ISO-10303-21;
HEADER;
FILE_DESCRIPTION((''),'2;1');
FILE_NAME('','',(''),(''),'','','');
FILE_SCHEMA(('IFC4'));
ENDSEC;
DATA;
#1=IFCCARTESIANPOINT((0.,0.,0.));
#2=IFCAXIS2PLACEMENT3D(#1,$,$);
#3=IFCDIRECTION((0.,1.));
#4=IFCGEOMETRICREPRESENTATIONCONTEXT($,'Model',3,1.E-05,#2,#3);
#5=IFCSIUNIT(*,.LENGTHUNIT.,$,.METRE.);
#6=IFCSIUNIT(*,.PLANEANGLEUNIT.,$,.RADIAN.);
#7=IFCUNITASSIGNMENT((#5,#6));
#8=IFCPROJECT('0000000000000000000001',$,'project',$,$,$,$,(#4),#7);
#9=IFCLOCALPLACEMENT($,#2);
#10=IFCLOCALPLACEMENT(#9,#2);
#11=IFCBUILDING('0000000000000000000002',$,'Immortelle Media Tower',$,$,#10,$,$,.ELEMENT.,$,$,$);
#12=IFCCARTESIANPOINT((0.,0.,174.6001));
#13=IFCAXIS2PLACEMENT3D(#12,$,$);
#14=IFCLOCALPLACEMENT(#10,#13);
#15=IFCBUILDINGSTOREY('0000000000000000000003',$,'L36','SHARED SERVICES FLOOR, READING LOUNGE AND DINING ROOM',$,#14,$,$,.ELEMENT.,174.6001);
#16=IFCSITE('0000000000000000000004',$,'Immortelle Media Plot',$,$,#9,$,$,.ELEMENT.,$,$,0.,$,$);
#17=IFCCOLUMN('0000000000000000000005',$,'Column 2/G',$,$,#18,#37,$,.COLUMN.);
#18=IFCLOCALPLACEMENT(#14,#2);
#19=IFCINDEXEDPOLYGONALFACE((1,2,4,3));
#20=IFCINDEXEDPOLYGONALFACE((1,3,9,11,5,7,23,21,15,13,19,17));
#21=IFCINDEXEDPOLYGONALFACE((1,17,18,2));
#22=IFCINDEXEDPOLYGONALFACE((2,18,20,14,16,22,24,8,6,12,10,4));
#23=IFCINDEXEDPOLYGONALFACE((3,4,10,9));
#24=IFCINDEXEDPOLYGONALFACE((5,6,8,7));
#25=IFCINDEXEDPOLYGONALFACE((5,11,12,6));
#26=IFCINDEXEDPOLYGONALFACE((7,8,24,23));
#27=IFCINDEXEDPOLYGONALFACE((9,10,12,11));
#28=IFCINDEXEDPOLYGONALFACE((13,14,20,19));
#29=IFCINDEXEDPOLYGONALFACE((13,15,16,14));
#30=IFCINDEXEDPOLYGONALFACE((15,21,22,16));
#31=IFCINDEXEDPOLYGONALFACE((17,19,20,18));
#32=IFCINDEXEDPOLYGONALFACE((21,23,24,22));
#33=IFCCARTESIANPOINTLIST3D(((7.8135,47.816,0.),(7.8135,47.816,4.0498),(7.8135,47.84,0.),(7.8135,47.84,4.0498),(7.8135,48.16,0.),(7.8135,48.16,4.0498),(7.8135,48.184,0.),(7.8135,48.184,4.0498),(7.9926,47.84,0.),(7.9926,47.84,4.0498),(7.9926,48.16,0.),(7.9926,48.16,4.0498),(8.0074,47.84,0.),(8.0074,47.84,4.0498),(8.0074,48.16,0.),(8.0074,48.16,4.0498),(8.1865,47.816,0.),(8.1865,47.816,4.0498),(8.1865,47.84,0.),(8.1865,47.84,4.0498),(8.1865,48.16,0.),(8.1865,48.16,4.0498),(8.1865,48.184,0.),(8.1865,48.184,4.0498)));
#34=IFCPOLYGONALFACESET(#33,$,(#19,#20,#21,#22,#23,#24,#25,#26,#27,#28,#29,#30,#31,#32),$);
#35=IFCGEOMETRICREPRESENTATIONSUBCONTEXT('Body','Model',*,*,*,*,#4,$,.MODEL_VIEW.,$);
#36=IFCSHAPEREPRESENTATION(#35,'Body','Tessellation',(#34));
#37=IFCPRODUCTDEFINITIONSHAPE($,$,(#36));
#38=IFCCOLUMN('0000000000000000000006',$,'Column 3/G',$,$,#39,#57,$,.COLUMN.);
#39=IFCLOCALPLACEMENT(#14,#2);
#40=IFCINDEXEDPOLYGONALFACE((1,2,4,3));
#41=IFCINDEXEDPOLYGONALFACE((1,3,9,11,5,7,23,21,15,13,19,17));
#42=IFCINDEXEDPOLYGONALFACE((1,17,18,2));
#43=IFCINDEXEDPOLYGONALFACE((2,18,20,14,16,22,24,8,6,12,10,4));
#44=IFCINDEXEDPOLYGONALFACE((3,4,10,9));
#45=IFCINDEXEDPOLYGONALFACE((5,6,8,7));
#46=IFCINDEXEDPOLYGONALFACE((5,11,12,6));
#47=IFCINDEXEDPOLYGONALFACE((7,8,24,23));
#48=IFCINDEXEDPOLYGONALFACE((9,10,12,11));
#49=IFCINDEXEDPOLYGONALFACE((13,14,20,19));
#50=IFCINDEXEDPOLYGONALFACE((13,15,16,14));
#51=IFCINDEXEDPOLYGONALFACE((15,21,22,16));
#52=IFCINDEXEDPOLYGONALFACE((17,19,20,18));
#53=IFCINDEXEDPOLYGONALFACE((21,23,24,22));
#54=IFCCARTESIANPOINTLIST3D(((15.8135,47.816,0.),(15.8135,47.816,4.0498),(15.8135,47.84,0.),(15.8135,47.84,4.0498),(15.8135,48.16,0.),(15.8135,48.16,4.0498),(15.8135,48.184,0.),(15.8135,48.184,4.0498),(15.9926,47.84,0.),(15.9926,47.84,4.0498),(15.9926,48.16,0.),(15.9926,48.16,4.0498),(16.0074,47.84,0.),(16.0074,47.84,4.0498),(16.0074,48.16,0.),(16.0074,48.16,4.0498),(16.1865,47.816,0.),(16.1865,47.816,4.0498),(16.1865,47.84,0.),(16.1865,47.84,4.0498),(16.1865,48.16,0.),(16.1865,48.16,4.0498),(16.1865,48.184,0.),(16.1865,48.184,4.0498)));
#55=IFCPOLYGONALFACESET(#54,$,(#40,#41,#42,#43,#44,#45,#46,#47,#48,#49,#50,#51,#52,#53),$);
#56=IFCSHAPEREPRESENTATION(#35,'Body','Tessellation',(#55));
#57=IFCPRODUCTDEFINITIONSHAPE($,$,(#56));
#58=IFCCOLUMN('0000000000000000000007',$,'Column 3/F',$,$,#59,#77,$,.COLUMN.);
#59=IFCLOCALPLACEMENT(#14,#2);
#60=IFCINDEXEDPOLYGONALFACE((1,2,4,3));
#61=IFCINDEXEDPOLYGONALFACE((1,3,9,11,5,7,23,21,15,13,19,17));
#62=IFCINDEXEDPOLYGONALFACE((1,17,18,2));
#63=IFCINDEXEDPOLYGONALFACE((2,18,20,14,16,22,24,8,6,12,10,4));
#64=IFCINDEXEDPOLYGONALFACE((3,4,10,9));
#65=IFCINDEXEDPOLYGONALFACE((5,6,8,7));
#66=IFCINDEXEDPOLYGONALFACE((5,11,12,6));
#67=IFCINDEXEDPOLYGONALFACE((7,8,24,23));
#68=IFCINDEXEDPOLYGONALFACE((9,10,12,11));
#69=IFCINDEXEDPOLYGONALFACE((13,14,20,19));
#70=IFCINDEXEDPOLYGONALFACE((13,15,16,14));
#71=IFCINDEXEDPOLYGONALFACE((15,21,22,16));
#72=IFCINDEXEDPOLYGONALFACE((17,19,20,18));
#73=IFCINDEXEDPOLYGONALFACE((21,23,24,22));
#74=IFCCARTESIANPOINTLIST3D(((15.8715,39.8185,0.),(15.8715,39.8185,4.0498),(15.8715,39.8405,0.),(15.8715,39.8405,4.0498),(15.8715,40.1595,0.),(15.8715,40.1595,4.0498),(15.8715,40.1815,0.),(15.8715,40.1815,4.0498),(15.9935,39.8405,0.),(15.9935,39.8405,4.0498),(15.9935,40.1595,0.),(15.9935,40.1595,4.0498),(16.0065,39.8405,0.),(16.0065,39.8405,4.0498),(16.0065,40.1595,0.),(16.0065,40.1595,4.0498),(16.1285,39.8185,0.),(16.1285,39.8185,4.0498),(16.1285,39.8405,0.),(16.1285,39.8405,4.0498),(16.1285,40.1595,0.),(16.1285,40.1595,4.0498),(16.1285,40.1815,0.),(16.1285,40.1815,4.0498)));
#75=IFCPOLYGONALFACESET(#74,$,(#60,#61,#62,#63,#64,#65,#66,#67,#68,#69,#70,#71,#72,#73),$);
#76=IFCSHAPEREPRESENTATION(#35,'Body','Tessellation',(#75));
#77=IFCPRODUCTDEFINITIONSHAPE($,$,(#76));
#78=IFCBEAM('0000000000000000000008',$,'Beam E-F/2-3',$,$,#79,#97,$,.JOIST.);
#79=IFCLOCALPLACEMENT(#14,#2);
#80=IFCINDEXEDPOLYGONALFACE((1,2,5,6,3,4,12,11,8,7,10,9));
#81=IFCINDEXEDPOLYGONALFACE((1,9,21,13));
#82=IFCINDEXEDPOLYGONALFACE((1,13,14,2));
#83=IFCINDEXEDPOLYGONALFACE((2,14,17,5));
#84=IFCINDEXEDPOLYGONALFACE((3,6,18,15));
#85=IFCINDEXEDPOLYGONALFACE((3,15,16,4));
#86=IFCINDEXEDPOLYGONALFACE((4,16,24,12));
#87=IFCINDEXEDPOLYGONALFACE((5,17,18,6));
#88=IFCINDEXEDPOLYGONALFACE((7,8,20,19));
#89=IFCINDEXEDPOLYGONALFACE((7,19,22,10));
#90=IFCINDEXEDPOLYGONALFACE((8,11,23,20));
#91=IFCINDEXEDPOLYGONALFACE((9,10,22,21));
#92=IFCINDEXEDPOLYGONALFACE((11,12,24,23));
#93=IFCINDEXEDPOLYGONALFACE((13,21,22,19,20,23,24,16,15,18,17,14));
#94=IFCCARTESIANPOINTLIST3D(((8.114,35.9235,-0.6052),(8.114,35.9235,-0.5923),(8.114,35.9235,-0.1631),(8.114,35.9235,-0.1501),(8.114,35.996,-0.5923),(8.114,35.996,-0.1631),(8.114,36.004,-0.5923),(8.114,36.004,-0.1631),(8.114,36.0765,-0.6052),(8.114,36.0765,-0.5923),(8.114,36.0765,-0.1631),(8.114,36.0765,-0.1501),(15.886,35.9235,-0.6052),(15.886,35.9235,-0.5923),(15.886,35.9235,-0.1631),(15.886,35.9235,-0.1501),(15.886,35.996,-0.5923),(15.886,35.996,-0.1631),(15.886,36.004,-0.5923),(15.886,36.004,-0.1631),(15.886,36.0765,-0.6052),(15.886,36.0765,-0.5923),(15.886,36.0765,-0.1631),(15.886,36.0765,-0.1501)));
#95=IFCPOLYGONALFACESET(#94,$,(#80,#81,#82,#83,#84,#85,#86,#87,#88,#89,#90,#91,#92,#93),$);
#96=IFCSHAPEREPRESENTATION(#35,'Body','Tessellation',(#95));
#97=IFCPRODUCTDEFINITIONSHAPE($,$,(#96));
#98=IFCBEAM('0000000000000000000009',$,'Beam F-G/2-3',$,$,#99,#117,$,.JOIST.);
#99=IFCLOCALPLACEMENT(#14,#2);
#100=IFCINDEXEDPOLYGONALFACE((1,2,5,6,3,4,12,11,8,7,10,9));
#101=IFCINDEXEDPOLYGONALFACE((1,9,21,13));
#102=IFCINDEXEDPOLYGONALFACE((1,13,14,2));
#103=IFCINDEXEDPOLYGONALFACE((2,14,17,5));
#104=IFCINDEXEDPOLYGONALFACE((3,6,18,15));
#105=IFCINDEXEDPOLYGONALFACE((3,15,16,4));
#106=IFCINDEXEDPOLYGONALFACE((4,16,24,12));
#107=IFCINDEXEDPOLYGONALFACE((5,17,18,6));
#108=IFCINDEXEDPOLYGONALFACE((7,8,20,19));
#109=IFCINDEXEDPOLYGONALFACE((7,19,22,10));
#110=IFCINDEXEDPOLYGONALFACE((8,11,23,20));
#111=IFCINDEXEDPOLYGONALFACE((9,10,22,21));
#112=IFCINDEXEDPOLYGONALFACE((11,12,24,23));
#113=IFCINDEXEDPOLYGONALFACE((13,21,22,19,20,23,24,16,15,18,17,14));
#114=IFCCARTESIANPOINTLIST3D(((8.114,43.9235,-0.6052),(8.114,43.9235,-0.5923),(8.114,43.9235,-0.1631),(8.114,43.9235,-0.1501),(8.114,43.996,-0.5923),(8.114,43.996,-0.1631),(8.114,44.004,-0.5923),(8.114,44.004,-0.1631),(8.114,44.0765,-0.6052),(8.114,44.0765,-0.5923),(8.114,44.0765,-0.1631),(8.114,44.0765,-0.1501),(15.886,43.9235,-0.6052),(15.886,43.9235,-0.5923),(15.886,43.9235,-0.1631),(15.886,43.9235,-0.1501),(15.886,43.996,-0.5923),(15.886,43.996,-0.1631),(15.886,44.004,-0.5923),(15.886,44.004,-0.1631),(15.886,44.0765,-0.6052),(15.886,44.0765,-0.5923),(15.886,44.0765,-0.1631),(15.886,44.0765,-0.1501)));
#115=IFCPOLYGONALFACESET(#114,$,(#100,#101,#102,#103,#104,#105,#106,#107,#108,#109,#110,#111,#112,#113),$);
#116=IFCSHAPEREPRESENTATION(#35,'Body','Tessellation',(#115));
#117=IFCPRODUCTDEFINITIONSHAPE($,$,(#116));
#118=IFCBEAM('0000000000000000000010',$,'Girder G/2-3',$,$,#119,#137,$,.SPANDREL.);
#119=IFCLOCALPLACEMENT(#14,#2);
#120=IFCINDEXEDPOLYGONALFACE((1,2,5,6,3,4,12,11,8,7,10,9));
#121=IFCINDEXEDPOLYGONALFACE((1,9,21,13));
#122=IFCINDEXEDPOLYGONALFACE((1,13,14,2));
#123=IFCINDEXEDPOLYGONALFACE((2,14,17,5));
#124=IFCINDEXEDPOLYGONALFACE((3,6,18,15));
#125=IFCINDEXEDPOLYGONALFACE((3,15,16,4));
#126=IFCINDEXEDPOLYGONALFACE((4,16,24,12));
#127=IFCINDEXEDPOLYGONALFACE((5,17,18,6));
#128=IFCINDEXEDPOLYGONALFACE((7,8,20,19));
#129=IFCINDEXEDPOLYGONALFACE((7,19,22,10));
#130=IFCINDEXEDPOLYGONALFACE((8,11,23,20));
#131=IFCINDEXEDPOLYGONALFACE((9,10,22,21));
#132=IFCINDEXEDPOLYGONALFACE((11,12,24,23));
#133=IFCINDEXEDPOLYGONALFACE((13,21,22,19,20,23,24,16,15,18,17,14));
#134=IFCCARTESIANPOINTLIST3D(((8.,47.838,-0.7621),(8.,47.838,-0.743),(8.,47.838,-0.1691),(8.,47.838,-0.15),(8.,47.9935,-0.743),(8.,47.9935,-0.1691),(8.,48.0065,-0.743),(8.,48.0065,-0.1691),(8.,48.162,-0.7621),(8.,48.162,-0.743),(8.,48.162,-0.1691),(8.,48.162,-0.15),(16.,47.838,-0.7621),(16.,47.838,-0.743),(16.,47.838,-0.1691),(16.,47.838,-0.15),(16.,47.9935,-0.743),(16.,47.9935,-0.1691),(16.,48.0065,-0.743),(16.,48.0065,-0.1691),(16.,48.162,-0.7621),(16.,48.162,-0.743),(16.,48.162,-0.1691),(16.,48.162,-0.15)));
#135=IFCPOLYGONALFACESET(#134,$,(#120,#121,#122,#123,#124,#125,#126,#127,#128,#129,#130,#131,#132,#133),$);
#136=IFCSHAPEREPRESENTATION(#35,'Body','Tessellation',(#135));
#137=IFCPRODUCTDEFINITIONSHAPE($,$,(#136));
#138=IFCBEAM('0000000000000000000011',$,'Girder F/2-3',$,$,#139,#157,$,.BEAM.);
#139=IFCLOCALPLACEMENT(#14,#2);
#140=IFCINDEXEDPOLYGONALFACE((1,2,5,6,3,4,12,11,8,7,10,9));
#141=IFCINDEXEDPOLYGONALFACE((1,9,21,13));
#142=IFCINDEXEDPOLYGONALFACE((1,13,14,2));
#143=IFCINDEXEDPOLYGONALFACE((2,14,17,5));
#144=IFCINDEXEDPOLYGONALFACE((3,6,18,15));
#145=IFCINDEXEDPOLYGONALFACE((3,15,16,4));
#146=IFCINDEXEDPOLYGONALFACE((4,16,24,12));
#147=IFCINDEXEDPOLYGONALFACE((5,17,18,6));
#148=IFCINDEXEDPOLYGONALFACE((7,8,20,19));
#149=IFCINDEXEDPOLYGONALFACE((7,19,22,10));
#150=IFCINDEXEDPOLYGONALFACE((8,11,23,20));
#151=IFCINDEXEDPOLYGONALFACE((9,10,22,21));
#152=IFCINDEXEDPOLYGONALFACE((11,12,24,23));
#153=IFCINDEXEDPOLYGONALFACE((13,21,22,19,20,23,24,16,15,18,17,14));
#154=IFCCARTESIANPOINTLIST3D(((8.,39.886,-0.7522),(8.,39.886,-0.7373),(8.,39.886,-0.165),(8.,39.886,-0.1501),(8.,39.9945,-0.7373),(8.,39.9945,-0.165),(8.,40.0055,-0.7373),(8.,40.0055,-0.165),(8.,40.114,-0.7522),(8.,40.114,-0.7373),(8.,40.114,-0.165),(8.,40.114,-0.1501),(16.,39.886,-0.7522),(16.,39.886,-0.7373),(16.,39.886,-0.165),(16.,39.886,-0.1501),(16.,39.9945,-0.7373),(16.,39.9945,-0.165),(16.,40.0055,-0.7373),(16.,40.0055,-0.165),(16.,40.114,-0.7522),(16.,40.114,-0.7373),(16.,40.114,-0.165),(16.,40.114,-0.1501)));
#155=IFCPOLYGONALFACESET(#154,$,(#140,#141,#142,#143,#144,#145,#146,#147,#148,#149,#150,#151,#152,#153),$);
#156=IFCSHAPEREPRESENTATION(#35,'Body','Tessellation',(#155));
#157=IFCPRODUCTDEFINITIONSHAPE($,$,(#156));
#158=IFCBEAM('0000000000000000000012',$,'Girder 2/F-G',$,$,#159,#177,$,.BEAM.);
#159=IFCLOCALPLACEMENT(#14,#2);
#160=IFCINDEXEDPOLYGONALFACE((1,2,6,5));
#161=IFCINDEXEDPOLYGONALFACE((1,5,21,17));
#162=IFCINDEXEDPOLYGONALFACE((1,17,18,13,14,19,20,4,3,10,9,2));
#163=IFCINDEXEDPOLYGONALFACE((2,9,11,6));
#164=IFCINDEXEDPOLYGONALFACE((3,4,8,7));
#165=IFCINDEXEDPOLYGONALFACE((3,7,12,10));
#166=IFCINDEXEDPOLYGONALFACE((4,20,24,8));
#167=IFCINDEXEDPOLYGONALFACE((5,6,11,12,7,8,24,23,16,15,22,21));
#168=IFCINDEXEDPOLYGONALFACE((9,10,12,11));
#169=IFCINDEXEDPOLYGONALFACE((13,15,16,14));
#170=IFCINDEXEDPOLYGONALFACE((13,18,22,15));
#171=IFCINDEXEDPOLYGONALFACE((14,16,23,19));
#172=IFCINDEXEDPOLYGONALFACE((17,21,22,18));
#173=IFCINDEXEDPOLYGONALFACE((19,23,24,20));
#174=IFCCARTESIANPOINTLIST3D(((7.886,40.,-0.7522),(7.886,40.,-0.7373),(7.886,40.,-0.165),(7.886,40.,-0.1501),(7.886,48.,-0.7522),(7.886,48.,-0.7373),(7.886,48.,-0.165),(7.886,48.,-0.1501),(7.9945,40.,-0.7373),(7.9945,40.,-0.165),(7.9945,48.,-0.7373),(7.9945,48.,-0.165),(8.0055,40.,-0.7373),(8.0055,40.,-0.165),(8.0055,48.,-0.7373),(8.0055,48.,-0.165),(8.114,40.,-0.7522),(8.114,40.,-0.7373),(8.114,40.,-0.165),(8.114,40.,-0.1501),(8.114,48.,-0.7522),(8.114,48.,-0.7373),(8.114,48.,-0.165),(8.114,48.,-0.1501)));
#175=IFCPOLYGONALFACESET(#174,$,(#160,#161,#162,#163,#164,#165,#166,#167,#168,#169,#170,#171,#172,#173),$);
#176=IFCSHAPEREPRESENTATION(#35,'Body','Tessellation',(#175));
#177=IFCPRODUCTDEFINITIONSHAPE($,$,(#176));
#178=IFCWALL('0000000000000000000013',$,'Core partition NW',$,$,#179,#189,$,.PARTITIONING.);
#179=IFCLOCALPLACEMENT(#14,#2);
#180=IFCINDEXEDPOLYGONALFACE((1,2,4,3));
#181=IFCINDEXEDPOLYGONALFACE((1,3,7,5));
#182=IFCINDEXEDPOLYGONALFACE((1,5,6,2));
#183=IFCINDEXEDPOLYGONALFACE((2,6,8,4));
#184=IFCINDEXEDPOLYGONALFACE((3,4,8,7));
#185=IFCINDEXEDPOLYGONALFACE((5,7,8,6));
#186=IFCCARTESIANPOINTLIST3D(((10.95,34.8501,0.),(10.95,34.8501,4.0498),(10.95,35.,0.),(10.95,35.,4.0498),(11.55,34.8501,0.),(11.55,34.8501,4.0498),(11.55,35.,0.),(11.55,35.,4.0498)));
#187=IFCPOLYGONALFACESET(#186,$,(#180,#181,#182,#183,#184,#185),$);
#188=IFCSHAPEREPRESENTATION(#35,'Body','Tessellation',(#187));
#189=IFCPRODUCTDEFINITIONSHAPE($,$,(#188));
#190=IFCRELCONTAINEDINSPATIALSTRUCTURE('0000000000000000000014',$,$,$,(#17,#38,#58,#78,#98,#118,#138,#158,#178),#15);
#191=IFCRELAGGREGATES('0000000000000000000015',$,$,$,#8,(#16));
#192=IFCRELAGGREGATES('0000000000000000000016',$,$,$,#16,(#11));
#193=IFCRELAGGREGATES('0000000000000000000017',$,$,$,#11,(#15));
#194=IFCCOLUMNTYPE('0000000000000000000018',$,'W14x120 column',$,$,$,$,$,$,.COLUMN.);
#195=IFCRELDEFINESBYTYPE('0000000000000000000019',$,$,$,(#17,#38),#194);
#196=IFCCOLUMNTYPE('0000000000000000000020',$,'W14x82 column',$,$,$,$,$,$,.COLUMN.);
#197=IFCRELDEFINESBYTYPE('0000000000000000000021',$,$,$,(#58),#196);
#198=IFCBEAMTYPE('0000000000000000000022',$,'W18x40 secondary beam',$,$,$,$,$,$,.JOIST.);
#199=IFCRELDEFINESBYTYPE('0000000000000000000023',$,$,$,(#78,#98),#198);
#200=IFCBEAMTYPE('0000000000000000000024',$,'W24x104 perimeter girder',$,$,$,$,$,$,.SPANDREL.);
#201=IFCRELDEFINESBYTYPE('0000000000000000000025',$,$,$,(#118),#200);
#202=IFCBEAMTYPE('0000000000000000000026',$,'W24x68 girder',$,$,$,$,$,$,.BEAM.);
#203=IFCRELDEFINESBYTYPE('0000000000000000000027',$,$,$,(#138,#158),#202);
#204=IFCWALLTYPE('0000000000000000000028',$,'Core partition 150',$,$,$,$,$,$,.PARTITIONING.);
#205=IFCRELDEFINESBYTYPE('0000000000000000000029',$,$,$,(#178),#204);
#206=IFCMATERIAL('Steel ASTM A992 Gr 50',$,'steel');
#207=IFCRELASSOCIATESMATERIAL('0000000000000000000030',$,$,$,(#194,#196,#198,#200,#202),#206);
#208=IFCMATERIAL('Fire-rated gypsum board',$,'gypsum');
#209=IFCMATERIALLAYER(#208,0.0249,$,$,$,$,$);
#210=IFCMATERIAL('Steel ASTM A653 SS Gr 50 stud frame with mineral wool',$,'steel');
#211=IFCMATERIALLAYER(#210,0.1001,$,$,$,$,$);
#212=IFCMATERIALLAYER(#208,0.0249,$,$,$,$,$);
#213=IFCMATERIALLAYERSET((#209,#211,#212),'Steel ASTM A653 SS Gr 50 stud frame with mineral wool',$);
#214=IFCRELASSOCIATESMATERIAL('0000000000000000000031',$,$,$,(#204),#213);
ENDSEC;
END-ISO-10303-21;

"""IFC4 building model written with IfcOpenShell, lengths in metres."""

from ifc_helpers import new_model, si_unit, direction, frame, frame_2d, origin, origin_2d, place, context, subcontext, project, spatial, rectangle, i_section, extrude, material, layer, layer_set, material_profile, profile_set, type_object, element, save


model = new_model("IFC4")

# Units and contexts
model_context = context("Model", 3, precision=1e-05, world=origin(), true_north=direction((0.0, 1.0)))
body_context = subcontext(model_context, "Body", "Model", "MODEL_VIEW")
ifc_project = project(units=[si_unit("LENGTHUNIT", "METRE"), si_unit("PLANEANGLEUNIT", "RADIAN")], contexts=[model_context])

# Site, building, storey
site_placement = place(None, origin())
site = spatial("IfcSite", under=ifc_project, at=site_placement, Name="Immortelle Media Plot", CompositionType="ELEMENT", RefElevation=0.0)
building_placement = place(site_placement, origin())
building = spatial("IfcBuilding", under=site, at=building_placement, Name="Immortelle Media Tower", CompositionType="ELEMENT")
storey_placement = place(building_placement, frame((0.0, 0.0, 174.6001)))
storey = spatial("IfcBuildingStorey", under=building, at=storey_placement, Name="L36", Description="SHARED SERVICES FLOOR, READING LOUNGE AND DINING ROOM", CompositionType="ELEMENT", Elevation=174.6001)

# Columns
ifc_material_1 = material(Name="Steel ASTM A992 Gr 50", Category="steel")
ifc_material_profile_1 = material_profile(ifc_material_1, i_section(OverallWidth=0.373, OverallDepth=0.3679, WebThickness=0.0149, FlangeThickness=0.0239, at=origin_2d()), Name="W14x120")
ifc_profile_set_1 = profile_set([ifc_material_profile_1], Name="Steel ASTM A992 Gr 50")
column_type_1 = type_object("IfcColumnType", Name="W14x120 column", PredefinedType="COLUMN", material=ifc_profile_set_1)
for number, where, z_axis, x_axis, name in (
    (1, (8.0, 48.0, 0.0), (0.0, 0.0, 1.0), (1.0, 0.0, 0.0), "Column 2/G"),
    (2, (16.0, 48.0, 0.0), (0.0, 0.0, 1.0), (1.0, 0.0, 0.0), "Column 3/G"),
):
    element("IfcColumn", number, at=place(storey_placement, frame(where, z_axis=z_axis, x_axis=x_axis)), inside=storey, type_object=column_type_1, Name=name, PredefinedType="COLUMN", context=body_context, shape_type="SweptSolid", body=[
        extrude(i_section(OverallWidth=0.373, OverallDepth=0.3679, WebThickness=0.0149, FlangeThickness=0.0239, at=origin_2d()), origin(), (0.0, 0.0, 1.0), 4.0498),
    ])
ifc_material_profile_2 = material_profile(ifc_material_1, i_section(OverallWidth=0.2571, OverallDepth=0.363, WebThickness=0.0129, FlangeThickness=0.022, at=origin_2d()), Name="W14x82")
ifc_profile_set_2 = profile_set([ifc_material_profile_2], Name="Steel ASTM A992 Gr 50")
column_type_2 = type_object("IfcColumnType", Name="W14x82 column", PredefinedType="COLUMN", material=ifc_profile_set_2)
column_placement = place(storey_placement, frame((16.0, 40.0, 0.0), z_axis=(0.0, 0.0, 1.0), x_axis=(1.0, 0.0, 0.0)))
element("IfcColumn", 3, at=column_placement, inside=storey, type_object=column_type_2, Name="Column 3/F", PredefinedType="COLUMN", context=body_context, shape_type="SweptSolid", body=[
    extrude(i_section(OverallWidth=0.2571, OverallDepth=0.363, WebThickness=0.0129, FlangeThickness=0.022, at=origin_2d()), origin(), (0.0, 0.0, 1.0), 4.0498),
])

# Beams
ifc_material_profile_3 = material_profile(ifc_material_1, i_section(OverallWidth=0.1531, OverallDepth=0.4551, WebThickness=0.0081, FlangeThickness=0.0129, at=origin_2d()), Name="W18x40")
ifc_profile_set_3 = profile_set([ifc_material_profile_3], Name="Steel ASTM A992 Gr 50")
beam_type_1 = type_object("IfcBeamType", Name="W18x40 secondary beam", PredefinedType="JOIST", material=ifc_profile_set_3)
for number, where, z_axis, x_axis, name in (
    (4, (8.114, 36.0, -0.3777), (1.0, 0.0, 0.0), (0.0, 1.0, 0.0), "Beam E-F/2-3"),
    (5, (8.114, 44.0, -0.3777), (1.0, 0.0, 0.0), (0.0, 1.0, 0.0), "Beam F-G/2-3"),
):
    element("IfcBeam", number, at=place(storey_placement, frame(where, z_axis=z_axis, x_axis=x_axis)), inside=storey, type_object=beam_type_1, Name=name, PredefinedType="JOIST", context=body_context, shape_type="SweptSolid", body=[
        extrude(i_section(OverallWidth=0.1531, OverallDepth=0.4551, WebThickness=0.0081, FlangeThickness=0.0129, at=origin_2d()), origin(), (0.0, 0.0, 1.0), 7.772),
    ])
ifc_material_profile_4 = material_profile(ifc_material_1, i_section(OverallWidth=0.324, OverallDepth=0.6121, WebThickness=0.0129, FlangeThickness=0.019, at=origin_2d()), Name="W24x104")
ifc_profile_set_4 = profile_set([ifc_material_profile_4], Name="Steel ASTM A992 Gr 50")
beam_type_2 = type_object("IfcBeamType", Name="W24x104 perimeter girder", PredefinedType="SPANDREL", material=ifc_profile_set_4)
beam_placement = place(storey_placement, frame((8.0, 48.0, -0.4561), z_axis=(1.0, 0.0, 0.0), x_axis=(0.0, 1.0, 0.0)))
element("IfcBeam", 6, at=beam_placement, inside=storey, type_object=beam_type_2, Name="Girder G/2-3", PredefinedType="SPANDREL", context=body_context, shape_type="SweptSolid", body=[
    extrude(i_section(OverallWidth=0.324, OverallDepth=0.6121, WebThickness=0.0129, FlangeThickness=0.019, at=origin_2d()), origin(), (0.0, 0.0, 1.0), 8.0),
])
ifc_material_profile_5 = material_profile(ifc_material_1, i_section(OverallWidth=0.228, OverallDepth=0.6021, WebThickness=0.011, FlangeThickness=0.0149, at=origin_2d()), Name="W24x68")
ifc_profile_set_5 = profile_set([ifc_material_profile_5], Name="Steel ASTM A992 Gr 50")
beam_type_3 = type_object("IfcBeamType", Name="W24x68 girder", PredefinedType="BEAM", material=ifc_profile_set_5)
for number, where, z_axis, x_axis, name in (
    (7, (8.0, 40.0, -0.4512), (1.0, 0.0, 0.0), (0.0, 1.0, 0.0), "Girder F/2-3"),
    (8, (8.0, 40.0, -0.4512), (0.0, 1.0, 0.0), (-1.0, 0.0, 0.0), "Girder 2/F-G"),
):
    element("IfcBeam", number, at=place(storey_placement, frame(where, z_axis=z_axis, x_axis=x_axis)), inside=storey, type_object=beam_type_3, Name=name, PredefinedType="BEAM", context=body_context, shape_type="SweptSolid", body=[
        extrude(i_section(OverallWidth=0.228, OverallDepth=0.6021, WebThickness=0.011, FlangeThickness=0.0149, at=origin_2d()), origin(), (0.0, 0.0, 1.0), 8.0),
    ])

# Wall
ifc_material_2 = material(Name="Fire-rated gypsum board", Category="gypsum")
ifc_layer_1 = layer(ifc_material_2, 0.0249)
ifc_material_3 = material(Name="Steel ASTM A653 SS Gr 50 stud frame with mineral wool", Category="steel")
ifc_layer_2 = layer(ifc_material_3, 0.1001)
ifc_layer_3 = layer(ifc_material_2, 0.0249)
ifc_layer_set_1 = layer_set([ifc_layer_1, ifc_layer_2, ifc_layer_3], Name="Steel ASTM A653 SS Gr 50 stud frame with mineral wool")
wall_type_1 = type_object("IfcWallType", Name="Core partition 150", PredefinedType="PARTITIONING", material=ifc_layer_set_1)
wall_1_placement = place(storey_placement, frame((10.95, 34.925, 0.0), z_axis=(0.0, 0.0, 1.0), x_axis=(1.0, 0.0, 0.0)))
element("IfcWall", 9, at=wall_1_placement, inside=storey, type_object=wall_type_1, Name="Core partition NW", PredefinedType="PARTITIONING", context=body_context, shape_type="SweptSolid", body=[
    extrude(rectangle(XDim=0.6001, YDim=0.1499, at=frame_2d((0.3, 0.0))), origin(), (0.0, 0.0, 1.0), 4.0498),
])

save(model, "model.ifc")
